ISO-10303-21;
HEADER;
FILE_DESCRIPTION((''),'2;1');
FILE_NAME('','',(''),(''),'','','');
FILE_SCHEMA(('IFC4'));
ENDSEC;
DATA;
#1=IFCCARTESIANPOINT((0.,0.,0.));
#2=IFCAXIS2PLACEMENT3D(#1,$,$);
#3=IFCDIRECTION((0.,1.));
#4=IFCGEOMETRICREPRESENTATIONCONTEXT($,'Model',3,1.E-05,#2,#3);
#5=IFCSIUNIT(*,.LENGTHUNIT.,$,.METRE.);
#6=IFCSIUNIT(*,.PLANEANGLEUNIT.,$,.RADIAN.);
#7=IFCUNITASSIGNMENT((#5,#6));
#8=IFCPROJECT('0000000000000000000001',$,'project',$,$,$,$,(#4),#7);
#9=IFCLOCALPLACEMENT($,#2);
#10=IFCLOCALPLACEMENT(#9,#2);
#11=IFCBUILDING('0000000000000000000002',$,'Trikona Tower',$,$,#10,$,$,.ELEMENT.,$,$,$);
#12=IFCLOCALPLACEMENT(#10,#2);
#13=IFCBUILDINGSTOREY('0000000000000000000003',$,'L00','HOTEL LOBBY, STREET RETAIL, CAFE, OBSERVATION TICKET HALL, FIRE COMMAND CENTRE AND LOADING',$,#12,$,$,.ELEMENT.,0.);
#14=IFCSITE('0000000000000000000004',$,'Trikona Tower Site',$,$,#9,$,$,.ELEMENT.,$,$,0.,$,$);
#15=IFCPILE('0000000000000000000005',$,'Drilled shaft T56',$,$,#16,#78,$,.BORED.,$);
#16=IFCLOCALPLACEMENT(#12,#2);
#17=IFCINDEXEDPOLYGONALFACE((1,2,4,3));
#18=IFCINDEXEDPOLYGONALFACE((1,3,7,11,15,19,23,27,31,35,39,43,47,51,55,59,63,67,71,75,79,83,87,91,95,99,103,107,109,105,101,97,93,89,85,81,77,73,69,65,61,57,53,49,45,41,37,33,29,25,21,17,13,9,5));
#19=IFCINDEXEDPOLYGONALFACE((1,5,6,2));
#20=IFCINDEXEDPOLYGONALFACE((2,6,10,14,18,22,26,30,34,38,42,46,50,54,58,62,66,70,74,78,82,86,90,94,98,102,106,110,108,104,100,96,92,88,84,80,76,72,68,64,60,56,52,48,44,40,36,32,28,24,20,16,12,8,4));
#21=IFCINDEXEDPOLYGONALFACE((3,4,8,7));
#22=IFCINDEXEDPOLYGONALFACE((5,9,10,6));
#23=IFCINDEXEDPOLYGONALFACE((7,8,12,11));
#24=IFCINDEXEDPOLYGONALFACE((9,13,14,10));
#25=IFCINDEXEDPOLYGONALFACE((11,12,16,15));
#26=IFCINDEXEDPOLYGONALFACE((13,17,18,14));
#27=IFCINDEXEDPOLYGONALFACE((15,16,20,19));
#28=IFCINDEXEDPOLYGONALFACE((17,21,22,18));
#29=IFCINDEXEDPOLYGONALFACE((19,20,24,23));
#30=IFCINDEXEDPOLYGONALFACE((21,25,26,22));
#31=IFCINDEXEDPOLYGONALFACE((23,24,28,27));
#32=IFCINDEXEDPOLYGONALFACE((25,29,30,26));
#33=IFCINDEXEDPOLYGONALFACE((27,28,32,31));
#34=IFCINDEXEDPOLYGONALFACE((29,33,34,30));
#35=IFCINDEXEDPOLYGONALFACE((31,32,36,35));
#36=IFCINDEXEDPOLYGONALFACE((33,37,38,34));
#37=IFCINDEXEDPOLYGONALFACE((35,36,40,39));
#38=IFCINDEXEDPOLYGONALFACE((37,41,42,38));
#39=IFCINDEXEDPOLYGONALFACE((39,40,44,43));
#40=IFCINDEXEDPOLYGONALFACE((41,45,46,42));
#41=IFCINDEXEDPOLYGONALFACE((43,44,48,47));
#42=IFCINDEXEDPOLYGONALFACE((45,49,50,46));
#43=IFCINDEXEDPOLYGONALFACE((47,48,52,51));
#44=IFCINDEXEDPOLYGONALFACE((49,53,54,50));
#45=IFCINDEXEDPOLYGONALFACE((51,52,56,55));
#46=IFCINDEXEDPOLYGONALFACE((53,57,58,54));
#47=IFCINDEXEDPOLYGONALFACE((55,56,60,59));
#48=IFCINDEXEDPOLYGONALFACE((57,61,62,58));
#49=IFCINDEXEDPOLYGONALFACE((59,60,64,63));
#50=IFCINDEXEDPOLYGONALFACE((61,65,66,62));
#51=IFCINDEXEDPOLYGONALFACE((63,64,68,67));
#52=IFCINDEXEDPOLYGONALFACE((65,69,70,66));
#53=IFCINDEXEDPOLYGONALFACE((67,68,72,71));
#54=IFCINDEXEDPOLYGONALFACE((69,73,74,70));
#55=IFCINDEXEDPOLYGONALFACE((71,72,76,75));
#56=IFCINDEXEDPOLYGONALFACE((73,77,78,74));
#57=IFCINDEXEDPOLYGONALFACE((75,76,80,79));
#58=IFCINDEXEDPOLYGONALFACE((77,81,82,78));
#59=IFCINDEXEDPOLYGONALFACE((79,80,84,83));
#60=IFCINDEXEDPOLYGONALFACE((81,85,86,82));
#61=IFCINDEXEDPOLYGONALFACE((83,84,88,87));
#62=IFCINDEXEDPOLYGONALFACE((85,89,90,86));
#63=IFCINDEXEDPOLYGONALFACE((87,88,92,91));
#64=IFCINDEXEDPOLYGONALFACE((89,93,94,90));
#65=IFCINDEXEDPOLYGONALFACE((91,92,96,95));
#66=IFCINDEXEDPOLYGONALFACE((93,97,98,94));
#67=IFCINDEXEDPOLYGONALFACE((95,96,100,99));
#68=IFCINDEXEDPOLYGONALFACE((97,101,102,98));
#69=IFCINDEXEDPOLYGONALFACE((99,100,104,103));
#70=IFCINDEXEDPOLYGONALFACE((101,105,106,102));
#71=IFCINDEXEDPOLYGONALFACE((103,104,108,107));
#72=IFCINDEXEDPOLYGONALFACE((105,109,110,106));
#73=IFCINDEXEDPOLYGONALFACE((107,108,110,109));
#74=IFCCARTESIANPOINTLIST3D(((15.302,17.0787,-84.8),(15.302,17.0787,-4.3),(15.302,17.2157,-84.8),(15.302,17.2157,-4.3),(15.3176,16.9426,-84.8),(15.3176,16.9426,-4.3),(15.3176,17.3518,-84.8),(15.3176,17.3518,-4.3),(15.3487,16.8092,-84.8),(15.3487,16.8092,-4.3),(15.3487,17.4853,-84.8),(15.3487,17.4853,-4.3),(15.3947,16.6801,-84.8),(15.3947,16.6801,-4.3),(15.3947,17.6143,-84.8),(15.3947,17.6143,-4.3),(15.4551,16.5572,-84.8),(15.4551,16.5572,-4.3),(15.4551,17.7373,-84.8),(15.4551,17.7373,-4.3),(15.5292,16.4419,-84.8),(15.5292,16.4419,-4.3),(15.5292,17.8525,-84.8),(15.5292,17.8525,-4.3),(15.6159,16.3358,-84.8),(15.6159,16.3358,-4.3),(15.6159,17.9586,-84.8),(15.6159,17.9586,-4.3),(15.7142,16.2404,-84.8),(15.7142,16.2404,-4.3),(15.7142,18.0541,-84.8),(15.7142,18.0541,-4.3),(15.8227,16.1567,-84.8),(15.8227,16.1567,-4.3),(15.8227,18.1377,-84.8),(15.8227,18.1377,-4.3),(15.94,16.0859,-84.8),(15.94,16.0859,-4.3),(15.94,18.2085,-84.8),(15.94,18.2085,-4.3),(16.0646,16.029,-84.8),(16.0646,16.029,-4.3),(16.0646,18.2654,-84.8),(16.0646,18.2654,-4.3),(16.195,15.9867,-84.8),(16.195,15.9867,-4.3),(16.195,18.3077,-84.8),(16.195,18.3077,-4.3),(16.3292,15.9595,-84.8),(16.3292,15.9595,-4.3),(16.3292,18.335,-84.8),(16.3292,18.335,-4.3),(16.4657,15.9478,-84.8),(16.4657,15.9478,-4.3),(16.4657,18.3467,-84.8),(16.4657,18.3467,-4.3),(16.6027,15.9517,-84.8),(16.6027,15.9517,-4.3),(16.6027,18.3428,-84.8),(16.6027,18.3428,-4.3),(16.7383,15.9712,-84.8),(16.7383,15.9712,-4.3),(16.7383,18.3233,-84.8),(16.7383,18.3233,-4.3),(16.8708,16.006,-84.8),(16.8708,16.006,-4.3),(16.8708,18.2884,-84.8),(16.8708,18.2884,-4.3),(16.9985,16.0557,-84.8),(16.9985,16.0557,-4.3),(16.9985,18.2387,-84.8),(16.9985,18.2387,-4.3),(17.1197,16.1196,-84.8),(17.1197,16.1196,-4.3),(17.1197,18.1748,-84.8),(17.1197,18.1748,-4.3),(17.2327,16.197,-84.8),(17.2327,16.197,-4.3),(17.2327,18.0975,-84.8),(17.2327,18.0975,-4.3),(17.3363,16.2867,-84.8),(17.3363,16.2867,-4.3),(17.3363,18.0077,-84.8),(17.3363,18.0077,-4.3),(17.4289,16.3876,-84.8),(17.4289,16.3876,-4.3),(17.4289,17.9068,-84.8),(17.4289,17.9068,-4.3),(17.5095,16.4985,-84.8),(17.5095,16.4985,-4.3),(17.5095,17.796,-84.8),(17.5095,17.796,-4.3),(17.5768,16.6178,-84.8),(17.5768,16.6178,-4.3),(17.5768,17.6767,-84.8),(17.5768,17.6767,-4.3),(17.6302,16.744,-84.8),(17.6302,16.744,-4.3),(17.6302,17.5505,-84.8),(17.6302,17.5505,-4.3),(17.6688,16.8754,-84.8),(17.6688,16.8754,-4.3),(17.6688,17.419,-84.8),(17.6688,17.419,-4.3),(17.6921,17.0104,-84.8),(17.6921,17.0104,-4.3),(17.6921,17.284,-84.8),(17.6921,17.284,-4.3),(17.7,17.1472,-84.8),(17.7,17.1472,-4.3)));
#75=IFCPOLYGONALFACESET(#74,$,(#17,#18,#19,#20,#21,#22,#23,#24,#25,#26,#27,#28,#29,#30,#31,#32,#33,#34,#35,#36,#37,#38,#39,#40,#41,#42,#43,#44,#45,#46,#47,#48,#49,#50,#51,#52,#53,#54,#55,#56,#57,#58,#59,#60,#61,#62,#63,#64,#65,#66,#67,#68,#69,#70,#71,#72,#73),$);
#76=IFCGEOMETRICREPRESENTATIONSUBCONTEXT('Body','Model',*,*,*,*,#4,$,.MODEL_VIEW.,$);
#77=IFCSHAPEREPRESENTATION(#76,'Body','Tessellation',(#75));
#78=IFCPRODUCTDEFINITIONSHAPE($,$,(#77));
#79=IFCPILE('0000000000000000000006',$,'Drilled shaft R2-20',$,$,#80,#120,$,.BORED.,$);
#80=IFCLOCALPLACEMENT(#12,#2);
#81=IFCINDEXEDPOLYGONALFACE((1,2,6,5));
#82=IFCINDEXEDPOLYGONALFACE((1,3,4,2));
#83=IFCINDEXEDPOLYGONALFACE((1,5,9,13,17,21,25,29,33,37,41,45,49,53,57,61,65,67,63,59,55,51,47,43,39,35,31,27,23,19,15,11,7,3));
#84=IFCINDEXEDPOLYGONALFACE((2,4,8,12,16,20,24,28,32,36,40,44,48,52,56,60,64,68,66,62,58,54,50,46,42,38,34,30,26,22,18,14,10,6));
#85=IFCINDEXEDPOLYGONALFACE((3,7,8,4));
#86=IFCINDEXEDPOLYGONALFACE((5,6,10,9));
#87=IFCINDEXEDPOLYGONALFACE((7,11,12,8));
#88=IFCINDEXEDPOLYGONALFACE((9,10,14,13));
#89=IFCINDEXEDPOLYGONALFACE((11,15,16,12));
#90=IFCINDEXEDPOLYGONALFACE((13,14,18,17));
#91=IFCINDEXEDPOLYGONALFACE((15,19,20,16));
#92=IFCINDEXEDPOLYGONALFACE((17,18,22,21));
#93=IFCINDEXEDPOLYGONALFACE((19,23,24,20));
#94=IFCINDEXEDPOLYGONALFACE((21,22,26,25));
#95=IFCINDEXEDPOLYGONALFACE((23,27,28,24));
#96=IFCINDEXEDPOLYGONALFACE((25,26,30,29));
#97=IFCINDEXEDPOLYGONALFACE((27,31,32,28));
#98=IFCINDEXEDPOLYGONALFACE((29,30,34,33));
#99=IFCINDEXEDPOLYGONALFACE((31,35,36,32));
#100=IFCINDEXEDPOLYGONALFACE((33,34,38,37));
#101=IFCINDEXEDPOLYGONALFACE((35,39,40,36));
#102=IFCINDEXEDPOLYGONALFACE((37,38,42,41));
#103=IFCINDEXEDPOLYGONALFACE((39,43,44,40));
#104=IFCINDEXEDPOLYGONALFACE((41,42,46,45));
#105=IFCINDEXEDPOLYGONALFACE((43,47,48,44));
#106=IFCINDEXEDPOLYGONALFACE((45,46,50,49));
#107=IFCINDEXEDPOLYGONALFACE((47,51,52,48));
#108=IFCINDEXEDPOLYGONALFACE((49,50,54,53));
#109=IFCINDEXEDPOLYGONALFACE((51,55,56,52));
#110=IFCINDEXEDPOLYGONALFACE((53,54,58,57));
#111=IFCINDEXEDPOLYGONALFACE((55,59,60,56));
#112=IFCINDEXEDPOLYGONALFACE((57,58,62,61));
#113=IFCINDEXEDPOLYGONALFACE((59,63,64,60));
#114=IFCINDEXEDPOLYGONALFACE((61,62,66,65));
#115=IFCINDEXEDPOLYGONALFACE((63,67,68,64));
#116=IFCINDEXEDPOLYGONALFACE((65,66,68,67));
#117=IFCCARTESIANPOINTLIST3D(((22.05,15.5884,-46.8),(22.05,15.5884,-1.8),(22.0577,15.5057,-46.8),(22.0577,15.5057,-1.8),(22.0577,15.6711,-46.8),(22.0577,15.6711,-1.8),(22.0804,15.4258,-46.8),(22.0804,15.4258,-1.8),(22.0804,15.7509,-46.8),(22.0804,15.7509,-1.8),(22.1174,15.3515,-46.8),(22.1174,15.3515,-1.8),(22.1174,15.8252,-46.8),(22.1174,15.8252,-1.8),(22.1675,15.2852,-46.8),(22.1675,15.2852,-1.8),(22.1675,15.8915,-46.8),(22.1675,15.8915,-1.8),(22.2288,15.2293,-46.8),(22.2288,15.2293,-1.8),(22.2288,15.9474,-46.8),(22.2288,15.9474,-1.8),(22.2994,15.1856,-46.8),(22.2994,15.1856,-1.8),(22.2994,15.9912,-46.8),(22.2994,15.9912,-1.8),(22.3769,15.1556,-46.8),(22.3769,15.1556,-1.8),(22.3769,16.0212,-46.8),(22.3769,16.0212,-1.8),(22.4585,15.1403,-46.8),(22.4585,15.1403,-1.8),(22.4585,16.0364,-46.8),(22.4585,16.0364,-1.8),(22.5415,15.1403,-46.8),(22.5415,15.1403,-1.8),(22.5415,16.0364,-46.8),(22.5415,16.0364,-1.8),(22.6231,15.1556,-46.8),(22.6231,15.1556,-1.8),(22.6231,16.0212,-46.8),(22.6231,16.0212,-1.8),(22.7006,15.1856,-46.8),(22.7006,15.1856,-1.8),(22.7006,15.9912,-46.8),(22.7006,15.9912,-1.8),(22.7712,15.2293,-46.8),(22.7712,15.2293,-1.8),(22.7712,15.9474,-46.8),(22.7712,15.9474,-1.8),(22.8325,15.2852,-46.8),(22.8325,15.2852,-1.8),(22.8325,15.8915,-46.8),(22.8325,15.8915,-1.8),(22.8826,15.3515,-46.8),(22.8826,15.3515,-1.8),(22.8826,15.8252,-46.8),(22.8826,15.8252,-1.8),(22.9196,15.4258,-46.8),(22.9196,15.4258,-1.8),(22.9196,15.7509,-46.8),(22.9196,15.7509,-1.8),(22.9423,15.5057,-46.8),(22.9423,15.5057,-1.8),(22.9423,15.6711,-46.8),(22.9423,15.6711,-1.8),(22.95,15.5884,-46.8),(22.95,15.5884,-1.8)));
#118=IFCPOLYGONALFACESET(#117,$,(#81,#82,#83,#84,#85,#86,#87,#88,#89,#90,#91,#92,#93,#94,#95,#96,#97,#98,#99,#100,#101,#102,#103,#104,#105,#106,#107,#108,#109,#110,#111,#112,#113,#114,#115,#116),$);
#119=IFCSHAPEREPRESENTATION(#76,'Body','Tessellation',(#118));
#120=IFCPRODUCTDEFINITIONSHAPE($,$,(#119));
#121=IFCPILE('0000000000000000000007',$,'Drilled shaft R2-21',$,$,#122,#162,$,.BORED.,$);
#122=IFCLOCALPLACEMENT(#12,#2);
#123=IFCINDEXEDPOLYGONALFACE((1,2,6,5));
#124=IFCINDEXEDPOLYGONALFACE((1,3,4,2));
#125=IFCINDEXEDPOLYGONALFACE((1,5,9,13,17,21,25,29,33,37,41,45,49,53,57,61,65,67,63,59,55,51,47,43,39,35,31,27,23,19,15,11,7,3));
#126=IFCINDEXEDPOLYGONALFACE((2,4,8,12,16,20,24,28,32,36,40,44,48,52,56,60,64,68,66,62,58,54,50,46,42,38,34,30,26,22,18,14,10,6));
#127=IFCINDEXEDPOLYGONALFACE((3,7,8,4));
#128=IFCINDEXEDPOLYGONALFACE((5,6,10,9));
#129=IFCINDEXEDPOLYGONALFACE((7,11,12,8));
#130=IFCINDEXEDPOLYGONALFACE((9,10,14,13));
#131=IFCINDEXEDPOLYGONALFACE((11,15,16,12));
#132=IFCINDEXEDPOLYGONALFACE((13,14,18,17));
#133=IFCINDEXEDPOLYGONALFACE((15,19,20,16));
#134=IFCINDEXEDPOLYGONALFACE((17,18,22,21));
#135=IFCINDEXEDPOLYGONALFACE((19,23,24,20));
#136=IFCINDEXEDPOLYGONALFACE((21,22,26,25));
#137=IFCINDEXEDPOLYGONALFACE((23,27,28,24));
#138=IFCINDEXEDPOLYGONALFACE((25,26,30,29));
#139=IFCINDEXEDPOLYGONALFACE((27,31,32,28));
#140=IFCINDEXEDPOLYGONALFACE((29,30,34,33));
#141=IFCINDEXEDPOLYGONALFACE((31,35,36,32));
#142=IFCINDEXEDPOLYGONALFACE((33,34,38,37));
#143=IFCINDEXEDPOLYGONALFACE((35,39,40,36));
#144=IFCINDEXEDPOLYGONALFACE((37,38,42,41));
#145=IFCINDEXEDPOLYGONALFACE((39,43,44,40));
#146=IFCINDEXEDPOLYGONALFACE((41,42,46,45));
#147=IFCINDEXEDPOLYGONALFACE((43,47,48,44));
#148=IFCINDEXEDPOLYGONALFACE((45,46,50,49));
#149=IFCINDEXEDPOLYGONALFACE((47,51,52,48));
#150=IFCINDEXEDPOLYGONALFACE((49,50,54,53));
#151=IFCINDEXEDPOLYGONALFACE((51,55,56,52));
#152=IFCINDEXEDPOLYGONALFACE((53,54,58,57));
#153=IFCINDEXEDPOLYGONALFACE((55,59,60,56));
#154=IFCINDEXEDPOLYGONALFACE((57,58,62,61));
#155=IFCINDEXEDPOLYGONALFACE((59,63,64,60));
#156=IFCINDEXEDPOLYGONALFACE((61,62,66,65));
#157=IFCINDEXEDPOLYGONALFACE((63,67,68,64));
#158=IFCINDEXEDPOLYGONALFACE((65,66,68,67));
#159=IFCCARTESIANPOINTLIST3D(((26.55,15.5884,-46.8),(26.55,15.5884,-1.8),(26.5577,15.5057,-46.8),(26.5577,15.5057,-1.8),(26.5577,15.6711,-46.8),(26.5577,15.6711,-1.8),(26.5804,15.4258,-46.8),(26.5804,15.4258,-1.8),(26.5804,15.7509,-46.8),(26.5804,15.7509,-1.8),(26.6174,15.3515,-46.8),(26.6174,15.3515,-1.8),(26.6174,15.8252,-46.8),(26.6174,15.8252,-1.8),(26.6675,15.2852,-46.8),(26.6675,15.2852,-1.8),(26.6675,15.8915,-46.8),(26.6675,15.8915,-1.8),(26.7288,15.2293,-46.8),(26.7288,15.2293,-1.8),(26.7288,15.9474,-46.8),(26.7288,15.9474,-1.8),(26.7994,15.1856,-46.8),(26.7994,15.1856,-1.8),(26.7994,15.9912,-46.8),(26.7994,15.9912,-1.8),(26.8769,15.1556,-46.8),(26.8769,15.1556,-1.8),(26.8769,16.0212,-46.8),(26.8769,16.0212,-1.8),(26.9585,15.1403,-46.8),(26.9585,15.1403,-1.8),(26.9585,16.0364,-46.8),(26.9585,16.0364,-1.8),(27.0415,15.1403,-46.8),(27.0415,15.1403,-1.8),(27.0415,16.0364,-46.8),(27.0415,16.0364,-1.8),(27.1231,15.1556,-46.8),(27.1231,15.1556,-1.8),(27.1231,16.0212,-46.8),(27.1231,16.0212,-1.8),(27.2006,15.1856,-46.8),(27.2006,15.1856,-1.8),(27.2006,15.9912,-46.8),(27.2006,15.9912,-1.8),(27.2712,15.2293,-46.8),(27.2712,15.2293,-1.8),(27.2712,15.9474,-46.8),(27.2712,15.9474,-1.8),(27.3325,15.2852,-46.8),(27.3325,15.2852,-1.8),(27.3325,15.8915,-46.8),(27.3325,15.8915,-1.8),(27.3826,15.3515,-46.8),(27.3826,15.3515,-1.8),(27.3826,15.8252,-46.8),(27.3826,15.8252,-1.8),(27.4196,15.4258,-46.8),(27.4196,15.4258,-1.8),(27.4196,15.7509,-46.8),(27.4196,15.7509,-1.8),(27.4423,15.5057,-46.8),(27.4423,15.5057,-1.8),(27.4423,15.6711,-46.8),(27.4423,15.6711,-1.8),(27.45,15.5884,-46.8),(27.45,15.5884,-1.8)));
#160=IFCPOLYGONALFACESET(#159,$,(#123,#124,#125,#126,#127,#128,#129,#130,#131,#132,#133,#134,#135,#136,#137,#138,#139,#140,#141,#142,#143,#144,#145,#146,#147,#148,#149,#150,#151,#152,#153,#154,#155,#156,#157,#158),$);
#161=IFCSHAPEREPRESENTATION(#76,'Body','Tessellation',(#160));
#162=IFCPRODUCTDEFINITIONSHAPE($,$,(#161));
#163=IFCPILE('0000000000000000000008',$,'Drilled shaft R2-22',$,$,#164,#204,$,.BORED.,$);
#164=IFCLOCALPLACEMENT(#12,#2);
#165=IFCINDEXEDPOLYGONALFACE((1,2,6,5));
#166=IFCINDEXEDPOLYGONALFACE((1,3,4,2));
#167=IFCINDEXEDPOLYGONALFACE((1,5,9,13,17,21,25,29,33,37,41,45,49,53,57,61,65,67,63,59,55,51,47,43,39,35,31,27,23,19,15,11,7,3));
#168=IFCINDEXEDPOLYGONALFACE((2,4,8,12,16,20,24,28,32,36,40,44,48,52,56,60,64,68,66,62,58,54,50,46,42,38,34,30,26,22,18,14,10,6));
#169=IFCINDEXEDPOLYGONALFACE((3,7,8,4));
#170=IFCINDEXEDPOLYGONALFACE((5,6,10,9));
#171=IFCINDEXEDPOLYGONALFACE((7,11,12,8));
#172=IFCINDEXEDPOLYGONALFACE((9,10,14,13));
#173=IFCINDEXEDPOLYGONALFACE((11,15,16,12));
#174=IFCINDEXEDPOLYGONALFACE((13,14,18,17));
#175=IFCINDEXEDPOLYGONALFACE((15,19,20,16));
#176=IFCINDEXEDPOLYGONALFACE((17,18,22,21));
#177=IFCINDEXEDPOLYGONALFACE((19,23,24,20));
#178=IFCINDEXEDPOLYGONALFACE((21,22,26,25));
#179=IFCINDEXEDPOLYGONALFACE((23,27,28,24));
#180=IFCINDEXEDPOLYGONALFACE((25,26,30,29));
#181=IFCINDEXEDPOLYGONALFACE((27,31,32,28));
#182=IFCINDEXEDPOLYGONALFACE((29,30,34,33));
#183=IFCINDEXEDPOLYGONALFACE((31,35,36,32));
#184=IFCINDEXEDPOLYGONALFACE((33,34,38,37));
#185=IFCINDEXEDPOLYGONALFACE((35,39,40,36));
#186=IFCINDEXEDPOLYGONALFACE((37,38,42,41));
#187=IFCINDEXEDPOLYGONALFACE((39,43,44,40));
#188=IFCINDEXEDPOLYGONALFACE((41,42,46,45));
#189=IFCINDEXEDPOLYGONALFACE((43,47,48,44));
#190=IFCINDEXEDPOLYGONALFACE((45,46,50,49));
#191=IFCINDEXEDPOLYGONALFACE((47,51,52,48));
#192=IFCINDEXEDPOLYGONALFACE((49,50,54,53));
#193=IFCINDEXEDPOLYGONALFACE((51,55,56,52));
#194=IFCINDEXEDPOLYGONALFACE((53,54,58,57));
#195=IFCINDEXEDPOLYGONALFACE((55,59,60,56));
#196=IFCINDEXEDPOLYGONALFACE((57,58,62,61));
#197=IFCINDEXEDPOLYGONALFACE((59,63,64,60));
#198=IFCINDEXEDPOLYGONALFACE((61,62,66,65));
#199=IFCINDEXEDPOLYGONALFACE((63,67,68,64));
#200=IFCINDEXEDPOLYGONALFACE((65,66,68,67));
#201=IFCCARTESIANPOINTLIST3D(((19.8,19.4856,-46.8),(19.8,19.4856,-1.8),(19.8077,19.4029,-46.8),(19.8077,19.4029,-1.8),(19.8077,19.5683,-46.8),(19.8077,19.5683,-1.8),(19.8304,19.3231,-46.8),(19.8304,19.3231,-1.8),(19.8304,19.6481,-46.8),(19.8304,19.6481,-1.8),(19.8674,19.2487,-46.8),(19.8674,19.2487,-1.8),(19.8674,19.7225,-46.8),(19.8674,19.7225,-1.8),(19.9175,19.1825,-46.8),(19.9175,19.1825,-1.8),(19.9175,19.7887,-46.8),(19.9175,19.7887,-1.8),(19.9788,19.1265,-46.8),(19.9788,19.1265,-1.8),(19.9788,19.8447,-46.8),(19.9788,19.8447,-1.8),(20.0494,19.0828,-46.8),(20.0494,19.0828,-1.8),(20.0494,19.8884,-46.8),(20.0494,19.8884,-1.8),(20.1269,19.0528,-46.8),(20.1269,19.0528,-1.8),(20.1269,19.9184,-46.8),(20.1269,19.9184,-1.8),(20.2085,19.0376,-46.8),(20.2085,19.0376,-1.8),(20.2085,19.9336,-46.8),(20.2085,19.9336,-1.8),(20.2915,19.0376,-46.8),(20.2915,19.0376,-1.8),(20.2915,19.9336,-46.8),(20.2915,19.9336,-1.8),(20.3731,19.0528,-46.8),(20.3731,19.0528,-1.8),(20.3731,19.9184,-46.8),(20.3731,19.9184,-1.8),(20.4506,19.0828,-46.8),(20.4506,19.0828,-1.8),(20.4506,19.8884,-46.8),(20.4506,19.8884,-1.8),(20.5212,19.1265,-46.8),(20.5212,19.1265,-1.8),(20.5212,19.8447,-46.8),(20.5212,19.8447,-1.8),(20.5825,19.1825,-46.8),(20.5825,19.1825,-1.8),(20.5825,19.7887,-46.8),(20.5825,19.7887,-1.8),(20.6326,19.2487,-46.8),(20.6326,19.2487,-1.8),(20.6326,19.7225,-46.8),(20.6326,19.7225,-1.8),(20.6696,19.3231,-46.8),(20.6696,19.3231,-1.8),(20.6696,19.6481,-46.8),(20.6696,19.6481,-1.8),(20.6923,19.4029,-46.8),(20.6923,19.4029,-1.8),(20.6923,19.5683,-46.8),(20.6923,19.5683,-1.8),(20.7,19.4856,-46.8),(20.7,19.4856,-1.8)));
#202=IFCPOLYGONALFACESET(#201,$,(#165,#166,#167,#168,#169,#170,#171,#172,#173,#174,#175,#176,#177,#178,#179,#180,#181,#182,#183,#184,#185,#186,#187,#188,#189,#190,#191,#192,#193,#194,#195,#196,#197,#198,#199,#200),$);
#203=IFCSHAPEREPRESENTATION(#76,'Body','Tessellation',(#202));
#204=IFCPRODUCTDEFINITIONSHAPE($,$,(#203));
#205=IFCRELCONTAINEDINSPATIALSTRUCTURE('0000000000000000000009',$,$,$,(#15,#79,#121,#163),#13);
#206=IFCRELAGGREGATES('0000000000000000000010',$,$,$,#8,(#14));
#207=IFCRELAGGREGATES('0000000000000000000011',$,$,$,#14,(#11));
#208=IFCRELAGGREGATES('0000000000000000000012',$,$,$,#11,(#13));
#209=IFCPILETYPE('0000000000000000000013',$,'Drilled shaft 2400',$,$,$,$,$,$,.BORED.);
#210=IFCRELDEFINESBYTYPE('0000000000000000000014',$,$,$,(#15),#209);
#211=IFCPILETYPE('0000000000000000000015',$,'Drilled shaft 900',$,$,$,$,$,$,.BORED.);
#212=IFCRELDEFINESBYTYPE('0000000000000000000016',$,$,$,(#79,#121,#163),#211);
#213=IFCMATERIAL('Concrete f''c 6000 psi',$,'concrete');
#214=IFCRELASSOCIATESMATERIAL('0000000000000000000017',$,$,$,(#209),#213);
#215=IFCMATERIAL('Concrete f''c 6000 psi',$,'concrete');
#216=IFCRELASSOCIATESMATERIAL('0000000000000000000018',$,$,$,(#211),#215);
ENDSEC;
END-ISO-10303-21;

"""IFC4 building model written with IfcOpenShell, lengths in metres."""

from ifc_helpers import new_model, si_unit, direction, frame, origin, origin_2d, place, context, subcontext, project, spatial, circle, extrude, material, type_object, element, save


model = new_model("IFC4")

# Units and contexts
model_context = context("Model", 3, precision=1e-05, world=origin(), true_north=direction((0.0, 1.0)))
body_context = subcontext(model_context, "Body", "Model", "MODEL_VIEW")
ifc_project = project(units=[si_unit("LENGTHUNIT", "METRE"), si_unit("PLANEANGLEUNIT", "RADIAN")], contexts=[model_context])

# Site, building, storey
site_placement = place(None, origin())
site = spatial("IfcSite", under=ifc_project, at=site_placement, Name="Trikona Tower Site", CompositionType="ELEMENT", RefElevation=0.0)
building_placement = place(site_placement, origin())
building = spatial("IfcBuilding", under=site, at=building_placement, Name="Trikona Tower", CompositionType="ELEMENT")
storey_placement = place(building_placement, origin())
storey = spatial("IfcBuildingStorey", under=building, at=storey_placement, Name="L00", Description="HOTEL LOBBY, STREET RETAIL, CAFE, OBSERVATION TICKET HALL, FIRE COMMAND CENTRE AND LOADING", CompositionType="ELEMENT", Elevation=0.0)

# Piles
ifc_material_1 = material(Name="Concrete f'c 6000 psi", Category="concrete")
pile_type_1 = type_object("IfcPileType", Name="Drilled shaft 2400", PredefinedType="BORED", material=ifc_material_1)
pile_placement = place(storey_placement, frame((16.5, 17.1472, -4.3), z_axis=(0.0, 0.0, -1.0), x_axis=(1.0, 0.0, 0.0)))
element("IfcPile", 1, at=pile_placement, inside=storey, type_object=pile_type_1, Name="Drilled shaft T56", PredefinedType="BORED", context=body_context, shape_type="SweptSolid", body=[
    extrude(circle(Radius=1.2, at=origin_2d()), origin(), (0.0, 0.0, 1.0), 80.5),
])
ifc_material_2 = material(Name="Concrete f'c 6000 psi", Category="concrete")
pile_type_2 = type_object("IfcPileType", Name="Drilled shaft 900", PredefinedType="BORED", material=ifc_material_2)
for number, where, z_axis, x_axis, name in (
    (2, (22.5, 15.5884, -1.8), (0.0, 0.0, -1.0), (1.0, 0.0, 0.0), "Drilled shaft R2-20"),
    (3, (27.0, 15.5884, -1.8), (0.0, 0.0, -1.0), (1.0, 0.0, 0.0), "Drilled shaft R2-21"),
    (4, (20.25, 19.4856, -1.8), (0.0, 0.0, -1.0), (1.0, 0.0, 0.0), "Drilled shaft R2-22"),
):
    element("IfcPile", number, at=place(storey_placement, frame(where, z_axis=z_axis, x_axis=x_axis)), inside=storey, type_object=pile_type_2, Name=name, PredefinedType="BORED", context=body_context, shape_type="SweptSolid", body=[
        extrude(circle(Radius=0.45, at=origin_2d()), origin(), (0.0, 0.0, 1.0), 45.0),
    ])

save(model, "model.ifc")
